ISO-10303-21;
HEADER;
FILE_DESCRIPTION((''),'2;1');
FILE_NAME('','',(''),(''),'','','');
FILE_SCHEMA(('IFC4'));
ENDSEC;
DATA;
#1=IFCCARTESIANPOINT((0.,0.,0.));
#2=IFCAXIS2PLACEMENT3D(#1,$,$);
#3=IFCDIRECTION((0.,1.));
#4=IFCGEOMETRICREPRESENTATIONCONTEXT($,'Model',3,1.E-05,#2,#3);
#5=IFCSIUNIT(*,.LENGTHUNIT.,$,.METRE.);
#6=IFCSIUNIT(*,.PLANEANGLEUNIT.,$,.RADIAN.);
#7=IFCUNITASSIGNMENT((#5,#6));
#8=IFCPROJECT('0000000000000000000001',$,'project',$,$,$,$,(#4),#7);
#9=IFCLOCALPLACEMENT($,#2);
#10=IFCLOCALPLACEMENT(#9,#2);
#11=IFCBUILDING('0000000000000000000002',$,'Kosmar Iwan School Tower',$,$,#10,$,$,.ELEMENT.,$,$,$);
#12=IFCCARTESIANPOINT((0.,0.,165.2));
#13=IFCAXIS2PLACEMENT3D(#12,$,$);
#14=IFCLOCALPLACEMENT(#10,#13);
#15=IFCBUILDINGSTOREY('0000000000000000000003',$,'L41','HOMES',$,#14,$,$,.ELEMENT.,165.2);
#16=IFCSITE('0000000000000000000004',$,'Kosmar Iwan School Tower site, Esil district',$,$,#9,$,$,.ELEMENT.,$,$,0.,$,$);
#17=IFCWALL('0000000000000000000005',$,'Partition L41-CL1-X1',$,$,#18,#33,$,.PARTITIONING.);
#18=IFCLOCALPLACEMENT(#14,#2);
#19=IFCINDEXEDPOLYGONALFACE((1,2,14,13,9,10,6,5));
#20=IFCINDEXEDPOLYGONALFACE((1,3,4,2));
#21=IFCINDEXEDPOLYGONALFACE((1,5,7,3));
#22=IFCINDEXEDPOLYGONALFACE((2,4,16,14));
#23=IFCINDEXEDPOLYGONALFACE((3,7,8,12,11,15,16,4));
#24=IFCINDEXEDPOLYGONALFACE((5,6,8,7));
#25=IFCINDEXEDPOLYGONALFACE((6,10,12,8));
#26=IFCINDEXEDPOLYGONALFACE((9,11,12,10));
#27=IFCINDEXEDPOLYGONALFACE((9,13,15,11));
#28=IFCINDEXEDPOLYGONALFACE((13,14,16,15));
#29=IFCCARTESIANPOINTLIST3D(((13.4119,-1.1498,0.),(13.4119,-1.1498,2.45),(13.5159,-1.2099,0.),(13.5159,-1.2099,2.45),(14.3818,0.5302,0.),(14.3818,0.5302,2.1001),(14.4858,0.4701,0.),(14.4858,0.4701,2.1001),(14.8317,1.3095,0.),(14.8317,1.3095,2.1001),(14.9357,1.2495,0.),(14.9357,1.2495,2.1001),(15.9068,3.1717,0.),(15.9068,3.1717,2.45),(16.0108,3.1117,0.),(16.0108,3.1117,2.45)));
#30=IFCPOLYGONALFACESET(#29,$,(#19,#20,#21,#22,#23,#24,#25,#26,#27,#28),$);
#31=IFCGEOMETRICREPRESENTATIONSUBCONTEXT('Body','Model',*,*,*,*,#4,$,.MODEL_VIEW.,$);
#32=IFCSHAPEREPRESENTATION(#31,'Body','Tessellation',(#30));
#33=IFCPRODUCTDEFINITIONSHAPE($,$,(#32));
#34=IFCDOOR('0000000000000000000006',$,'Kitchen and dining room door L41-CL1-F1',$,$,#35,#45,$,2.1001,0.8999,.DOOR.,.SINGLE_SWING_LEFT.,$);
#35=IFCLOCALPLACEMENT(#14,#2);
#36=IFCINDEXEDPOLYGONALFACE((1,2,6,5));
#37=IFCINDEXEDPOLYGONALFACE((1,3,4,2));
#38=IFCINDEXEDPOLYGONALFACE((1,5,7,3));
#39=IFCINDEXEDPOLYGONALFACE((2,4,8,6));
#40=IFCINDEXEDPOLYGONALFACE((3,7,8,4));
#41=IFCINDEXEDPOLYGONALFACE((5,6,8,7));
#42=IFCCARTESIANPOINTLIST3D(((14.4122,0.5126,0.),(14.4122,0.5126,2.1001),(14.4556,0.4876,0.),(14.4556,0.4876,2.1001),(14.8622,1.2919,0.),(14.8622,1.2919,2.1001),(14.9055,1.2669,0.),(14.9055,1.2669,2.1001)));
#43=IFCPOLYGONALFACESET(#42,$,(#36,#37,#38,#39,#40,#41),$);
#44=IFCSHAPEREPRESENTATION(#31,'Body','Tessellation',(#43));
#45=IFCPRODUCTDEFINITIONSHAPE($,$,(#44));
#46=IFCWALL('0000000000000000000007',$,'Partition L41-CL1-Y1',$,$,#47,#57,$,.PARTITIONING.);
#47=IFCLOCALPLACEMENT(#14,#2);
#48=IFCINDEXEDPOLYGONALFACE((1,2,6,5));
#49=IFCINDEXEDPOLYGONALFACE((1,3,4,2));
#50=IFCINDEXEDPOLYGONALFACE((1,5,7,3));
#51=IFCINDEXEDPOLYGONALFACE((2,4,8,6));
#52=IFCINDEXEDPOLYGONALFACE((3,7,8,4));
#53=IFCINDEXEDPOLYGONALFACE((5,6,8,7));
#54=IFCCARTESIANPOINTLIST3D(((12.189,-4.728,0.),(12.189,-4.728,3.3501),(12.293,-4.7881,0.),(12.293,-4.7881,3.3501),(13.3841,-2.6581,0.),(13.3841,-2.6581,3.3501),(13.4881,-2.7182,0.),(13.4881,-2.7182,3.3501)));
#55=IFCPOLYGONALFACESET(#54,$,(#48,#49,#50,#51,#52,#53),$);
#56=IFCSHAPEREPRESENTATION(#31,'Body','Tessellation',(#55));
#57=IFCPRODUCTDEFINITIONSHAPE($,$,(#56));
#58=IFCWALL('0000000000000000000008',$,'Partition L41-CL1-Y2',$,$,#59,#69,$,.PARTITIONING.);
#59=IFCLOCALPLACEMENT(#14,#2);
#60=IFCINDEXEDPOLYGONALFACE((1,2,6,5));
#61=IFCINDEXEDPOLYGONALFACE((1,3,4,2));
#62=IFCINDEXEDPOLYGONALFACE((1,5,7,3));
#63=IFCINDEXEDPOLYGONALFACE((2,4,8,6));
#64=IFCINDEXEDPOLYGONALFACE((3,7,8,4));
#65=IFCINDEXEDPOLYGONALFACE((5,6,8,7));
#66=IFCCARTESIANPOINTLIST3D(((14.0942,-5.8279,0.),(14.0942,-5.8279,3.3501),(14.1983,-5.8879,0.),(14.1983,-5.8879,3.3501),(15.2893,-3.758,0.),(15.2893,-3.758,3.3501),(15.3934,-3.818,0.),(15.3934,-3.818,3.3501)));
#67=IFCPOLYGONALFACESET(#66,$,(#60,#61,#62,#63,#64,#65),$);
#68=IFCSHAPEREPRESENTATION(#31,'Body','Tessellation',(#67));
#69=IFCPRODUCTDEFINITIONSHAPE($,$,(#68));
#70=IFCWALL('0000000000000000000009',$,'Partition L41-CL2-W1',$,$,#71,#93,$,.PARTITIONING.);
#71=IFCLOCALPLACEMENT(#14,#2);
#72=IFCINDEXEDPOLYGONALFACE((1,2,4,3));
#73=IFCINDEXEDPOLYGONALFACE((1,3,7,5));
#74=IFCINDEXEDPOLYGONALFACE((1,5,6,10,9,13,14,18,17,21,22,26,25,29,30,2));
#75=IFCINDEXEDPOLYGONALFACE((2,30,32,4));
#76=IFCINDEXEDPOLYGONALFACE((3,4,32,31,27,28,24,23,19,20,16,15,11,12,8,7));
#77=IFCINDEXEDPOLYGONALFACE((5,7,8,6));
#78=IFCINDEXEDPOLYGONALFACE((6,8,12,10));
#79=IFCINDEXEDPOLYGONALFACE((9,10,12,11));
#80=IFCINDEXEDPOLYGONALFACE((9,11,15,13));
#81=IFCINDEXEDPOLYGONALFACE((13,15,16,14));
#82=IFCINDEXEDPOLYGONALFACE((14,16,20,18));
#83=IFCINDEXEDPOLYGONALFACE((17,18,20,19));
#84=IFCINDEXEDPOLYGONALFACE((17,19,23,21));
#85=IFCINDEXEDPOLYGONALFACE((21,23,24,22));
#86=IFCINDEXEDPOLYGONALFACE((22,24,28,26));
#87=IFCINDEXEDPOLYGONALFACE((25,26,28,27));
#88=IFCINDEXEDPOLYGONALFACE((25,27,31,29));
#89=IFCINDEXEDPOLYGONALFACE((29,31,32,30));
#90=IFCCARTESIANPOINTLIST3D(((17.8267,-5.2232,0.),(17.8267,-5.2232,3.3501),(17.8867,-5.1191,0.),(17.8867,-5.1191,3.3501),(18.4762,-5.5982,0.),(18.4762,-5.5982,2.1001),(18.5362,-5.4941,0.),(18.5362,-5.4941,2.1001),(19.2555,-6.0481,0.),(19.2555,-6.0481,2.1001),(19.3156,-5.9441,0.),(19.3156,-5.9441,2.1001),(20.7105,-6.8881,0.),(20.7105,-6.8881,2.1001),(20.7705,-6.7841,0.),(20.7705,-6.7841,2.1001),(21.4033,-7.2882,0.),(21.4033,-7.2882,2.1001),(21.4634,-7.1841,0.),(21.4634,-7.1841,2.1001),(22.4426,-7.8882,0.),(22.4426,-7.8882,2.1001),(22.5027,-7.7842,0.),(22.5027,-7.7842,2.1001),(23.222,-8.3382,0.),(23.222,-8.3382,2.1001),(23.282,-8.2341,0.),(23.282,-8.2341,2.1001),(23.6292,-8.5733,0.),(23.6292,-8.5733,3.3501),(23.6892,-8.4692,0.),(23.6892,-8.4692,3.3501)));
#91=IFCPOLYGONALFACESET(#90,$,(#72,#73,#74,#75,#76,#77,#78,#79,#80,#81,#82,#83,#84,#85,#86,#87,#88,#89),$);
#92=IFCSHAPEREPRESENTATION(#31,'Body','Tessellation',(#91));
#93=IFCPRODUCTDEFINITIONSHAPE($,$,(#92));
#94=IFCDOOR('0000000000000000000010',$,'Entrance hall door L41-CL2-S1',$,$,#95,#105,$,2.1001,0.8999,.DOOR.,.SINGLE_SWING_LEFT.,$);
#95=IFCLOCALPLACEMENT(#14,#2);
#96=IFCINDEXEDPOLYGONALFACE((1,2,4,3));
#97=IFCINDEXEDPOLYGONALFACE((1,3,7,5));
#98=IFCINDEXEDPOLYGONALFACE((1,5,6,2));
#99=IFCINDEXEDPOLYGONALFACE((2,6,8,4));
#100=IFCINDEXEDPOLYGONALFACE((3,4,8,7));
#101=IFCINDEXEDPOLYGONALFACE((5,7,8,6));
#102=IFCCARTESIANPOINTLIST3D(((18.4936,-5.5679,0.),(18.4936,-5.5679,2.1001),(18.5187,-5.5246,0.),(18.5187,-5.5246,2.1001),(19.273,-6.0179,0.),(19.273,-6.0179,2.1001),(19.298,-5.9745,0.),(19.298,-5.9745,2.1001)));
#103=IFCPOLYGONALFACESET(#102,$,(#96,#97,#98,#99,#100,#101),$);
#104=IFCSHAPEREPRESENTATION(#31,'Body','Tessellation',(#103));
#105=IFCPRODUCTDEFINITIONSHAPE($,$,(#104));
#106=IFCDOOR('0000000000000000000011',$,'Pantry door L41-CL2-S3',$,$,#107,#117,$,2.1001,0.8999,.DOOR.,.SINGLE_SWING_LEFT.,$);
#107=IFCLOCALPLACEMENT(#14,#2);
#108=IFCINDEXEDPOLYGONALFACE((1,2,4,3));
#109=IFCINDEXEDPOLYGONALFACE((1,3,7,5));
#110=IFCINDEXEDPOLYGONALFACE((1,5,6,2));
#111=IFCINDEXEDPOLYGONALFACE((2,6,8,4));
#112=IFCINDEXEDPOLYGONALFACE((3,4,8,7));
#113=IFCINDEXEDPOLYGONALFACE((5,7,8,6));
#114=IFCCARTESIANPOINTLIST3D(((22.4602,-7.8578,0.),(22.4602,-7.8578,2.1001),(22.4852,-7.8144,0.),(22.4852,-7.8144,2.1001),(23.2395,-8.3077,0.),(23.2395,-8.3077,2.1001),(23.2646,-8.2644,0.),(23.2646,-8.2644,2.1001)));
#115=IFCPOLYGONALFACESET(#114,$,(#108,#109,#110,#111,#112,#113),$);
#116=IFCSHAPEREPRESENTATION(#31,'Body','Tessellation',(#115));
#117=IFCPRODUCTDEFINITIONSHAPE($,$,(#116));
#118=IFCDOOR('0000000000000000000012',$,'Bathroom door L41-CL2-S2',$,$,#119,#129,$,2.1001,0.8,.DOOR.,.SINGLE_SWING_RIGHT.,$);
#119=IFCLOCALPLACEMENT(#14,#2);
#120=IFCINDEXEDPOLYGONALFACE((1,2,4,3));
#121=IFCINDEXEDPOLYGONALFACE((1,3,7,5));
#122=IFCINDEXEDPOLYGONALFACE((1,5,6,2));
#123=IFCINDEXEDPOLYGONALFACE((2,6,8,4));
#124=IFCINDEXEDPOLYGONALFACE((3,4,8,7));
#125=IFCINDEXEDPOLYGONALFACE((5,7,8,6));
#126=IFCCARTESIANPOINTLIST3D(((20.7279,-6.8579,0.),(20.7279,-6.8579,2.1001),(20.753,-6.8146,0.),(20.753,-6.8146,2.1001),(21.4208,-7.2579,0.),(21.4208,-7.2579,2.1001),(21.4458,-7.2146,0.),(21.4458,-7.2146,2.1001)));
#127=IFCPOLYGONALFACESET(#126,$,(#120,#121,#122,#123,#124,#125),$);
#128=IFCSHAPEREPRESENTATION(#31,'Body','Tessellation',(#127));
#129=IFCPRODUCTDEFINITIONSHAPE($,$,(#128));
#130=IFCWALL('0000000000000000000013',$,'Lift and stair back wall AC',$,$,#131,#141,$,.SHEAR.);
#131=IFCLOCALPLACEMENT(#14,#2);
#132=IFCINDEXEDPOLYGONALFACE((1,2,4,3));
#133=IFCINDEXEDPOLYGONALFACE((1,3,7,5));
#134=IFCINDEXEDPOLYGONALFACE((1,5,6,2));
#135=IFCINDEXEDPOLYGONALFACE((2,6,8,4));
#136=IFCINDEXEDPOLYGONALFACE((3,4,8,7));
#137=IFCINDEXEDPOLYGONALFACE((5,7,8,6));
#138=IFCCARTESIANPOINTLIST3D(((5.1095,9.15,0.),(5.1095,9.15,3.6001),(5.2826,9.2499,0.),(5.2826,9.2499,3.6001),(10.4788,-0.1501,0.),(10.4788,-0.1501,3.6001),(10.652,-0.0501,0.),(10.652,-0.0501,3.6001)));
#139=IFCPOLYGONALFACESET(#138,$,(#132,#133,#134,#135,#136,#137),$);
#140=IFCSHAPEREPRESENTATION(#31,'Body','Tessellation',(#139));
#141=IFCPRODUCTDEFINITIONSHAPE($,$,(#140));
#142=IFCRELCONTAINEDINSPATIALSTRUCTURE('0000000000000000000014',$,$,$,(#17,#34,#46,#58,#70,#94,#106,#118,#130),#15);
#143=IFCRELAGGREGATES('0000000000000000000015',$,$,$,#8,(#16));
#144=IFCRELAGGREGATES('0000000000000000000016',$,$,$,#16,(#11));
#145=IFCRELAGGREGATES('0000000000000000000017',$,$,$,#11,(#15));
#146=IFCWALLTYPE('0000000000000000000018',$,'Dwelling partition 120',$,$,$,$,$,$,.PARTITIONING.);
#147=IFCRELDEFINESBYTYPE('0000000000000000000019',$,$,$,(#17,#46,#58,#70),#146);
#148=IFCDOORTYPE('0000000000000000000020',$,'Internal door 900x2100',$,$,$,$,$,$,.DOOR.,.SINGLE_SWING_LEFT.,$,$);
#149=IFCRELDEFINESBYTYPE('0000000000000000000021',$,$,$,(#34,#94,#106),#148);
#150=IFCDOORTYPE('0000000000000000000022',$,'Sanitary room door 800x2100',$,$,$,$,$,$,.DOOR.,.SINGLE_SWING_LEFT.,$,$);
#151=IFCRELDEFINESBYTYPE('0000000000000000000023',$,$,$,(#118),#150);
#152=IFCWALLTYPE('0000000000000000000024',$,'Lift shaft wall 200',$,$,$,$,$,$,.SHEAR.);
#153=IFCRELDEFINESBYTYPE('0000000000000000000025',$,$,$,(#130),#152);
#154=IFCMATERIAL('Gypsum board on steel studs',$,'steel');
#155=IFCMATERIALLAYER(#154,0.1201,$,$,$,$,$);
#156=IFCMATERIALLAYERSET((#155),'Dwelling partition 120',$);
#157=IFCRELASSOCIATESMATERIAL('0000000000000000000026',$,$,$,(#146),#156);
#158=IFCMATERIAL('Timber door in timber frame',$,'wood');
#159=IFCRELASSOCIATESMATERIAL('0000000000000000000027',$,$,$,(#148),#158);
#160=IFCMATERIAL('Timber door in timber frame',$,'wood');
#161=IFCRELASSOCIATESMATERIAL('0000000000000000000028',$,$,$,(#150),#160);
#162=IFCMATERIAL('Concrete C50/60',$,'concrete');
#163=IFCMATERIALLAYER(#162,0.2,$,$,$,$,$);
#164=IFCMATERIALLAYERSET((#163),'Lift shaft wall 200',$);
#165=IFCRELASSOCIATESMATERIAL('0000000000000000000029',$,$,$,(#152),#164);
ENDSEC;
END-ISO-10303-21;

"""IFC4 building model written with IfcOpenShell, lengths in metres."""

from ifc_helpers import new_model, si_unit, direction, frame, frame_2d, origin, place, context, subcontext, project, spatial, rectangle, extrude, material, layer, layer_set, type_object, element, fill, save


model = new_model("IFC4")

# Units and contexts
model_context = context("Model", 3, precision=1e-05, world=origin(), true_north=direction((0.0, 1.0)))
body_context = subcontext(model_context, "Body", "Model", "MODEL_VIEW")
ifc_project = project(units=[si_unit("LENGTHUNIT", "METRE"), si_unit("PLANEANGLEUNIT", "RADIAN")], contexts=[model_context])

# Site, building, storey
site_placement = place(None, origin())
site = spatial("IfcSite", under=ifc_project, at=site_placement, Name="Kosmar Iwan School Tower site, Esil district", CompositionType="ELEMENT", RefElevation=0.0)
building_placement = place(site_placement, origin())
building = spatial("IfcBuilding", under=site, at=building_placement, Name="Kosmar Iwan School Tower", CompositionType="ELEMENT")
storey_placement = place(building_placement, frame((0.0, 0.0, 165.2)))
storey = spatial("IfcBuildingStorey", under=building, at=storey_placement, Name="L41", Description="HOMES", CompositionType="ELEMENT", Elevation=165.2)

# Shared definitions
ifc_material_1 = material(Name="Gypsum board on steel studs", Category="steel")
ifc_layer_1 = layer(ifc_material_1, 0.1201)
ifc_layer_set_1 = layer_set([ifc_layer_1], Name="Dwelling partition 120")
wall_type_1 = type_object("IfcWallType", Name="Dwelling partition 120", PredefinedType="PARTITIONING", material=ifc_layer_set_1)
ifc_material_2 = material(Name="Timber door in timber frame", Category="wood")
door_type_1 = type_object("IfcDoorType", Name="Internal door 900x2100", OperationType="SINGLE_SWING_LEFT", PredefinedType="DOOR", material=ifc_material_2)
ifc_material_3 = material(Name="Timber door in timber frame", Category="wood")
door_type_2 = type_object("IfcDoorType", Name="Sanitary room door 800x2100", OperationType="SINGLE_SWING_LEFT", PredefinedType="DOOR", material=ifc_material_3)

# Wall, opening, door
wall_1_placement = place(storey_placement, frame((13.4639, -1.1799, 0.0), z_axis=(0.0, 0.0, 1.0), x_axis=(0.499975, 0.86604, 0.0)))
wall_1 = element("IfcWall", 1, at=wall_1_placement, inside=storey, type_object=wall_type_1, Name="Partition L41-CL1-X1", PredefinedType="PARTITIONING", context=body_context, shape_type="SweptSolid", body=[
    extrude(rectangle(XDim=4.99, YDim=0.1201, at=frame_2d((2.4951, 0.0))), origin(), (0.0, 0.0, 1.0), 2.45),
])
opening_1_placement = place(wall_1_placement, frame((1.9399, 0.0, 0.0)))
opening_1 = element("IfcOpeningElement", 2, at=opening_1_placement, cuts=wall_1, PredefinedType="OPENING", context=body_context, shape_type="SweptSolid", body=[
    extrude(rectangle(XDim=0.8999, YDim=2.1001, at=frame_2d((0.45, 1.05))), frame((0.0, 0.072, 0.0), z_axis=(0.0, -1.0, 0.0), x_axis=(1.0, 0.0, 0.0)), (0.0, 0.0, 1.0), 0.144),
])
door_1_placement = place(opening_1_placement, origin())
door_1 = element("IfcDoor", 3, at=door_1_placement, inside=storey, type_object=door_type_1, Name="Kitchen and dining room door L41-CL1-F1", OperationType="SINGLE_SWING_LEFT", OverallHeight=2.1001, OverallWidth=0.8999, PredefinedType="DOOR", context=body_context, shape_type="SweptSolid", body=[
    extrude(rectangle(XDim=0.8999, YDim=2.1001, at=frame_2d((0.45, 1.05))), frame((0.0, 0.0249, 0.0), z_axis=(0.0, -1.0, 0.0), x_axis=(1.0, 0.0, 0.0)), (0.0, 0.0, 1.0), 0.05),
])
fill(opening_1, door_1)

# Walls
for number, where, z_axis, x_axis, name in (
    (4, (12.241, -4.7581, 0.0), (0.0, 0.0, 1.0), (0.500017, 0.866015, 0.0), "Partition L41-CL1-Y1"),
    (5, (14.1462, -5.8579, 0.0), (0.0, 0.0, 1.0), (0.500017, 0.866015, 0.0), "Partition L41-CL1-Y2"),
):
    element("IfcWall", number, at=place(storey_placement, frame(where, z_axis=z_axis, x_axis=x_axis)), inside=storey, type_object=wall_type_1, Name=name, PredefinedType="PARTITIONING", context=body_context, shape_type="SweptSolid", body=[
        extrude(rectangle(XDim=2.3901, YDim=0.1201, at=frame_2d((1.1951, 0.0))), origin(), (0.0, 0.0, 1.0), 3.3501),
    ])

# Wall, openings, doors
wall_2_placement = place(storey_placement, frame((17.8567, -5.1711, 0.0), z_axis=(0.0, 0.0, 1.0), x_axis=(0.866024, -0.500003, 0.0)))
wall_2 = element("IfcWall", 6, at=wall_2_placement, inside=storey, type_object=wall_type_1, Name="Partition L41-CL2-W1", PredefinedType="PARTITIONING", context=body_context, shape_type="SweptSolid", body=[
    extrude(rectangle(XDim=6.7002, YDim=0.1201, at=frame_2d((3.3501, 0.0))), origin(), (0.0, 0.0, 1.0), 3.3501),
])
opening_2_placement = place(wall_2_placement, frame((0.75, 0.0, 0.0)))
opening_2 = element("IfcOpeningElement", 7, at=opening_2_placement, cuts=wall_2, PredefinedType="OPENING", context=body_context, shape_type="SweptSolid", body=[
    extrude(rectangle(XDim=0.8999, YDim=2.1001, at=frame_2d((0.45, 1.05))), frame((0.0, 0.072, 0.0), z_axis=(0.0, -1.0, 0.0), x_axis=(1.0, 0.0, 0.0)), (0.0, 0.0, 1.0), 0.144),
])
opening_3_placement = place(wall_2_placement, frame((3.3301, 0.0, 0.0)))
opening_3 = element("IfcOpeningElement", 8, at=opening_3_placement, cuts=wall_2, PredefinedType="OPENING", context=body_context, shape_type="SweptSolid", body=[
    extrude(rectangle(XDim=0.8, YDim=2.1001, at=frame_2d((0.3999, 1.05))), frame((0.0, 0.072, 0.0), z_axis=(0.0, -1.0, 0.0), x_axis=(1.0, 0.0, 0.0)), (0.0, 0.0, 1.0), 0.144),
])
opening_4_placement = place(wall_2_placement, frame((5.3301, 0.0, 0.0)))
opening_4 = element("IfcOpeningElement", 9, at=opening_4_placement, cuts=wall_2, PredefinedType="OPENING", context=body_context, shape_type="SweptSolid", body=[
    extrude(rectangle(XDim=0.8999, YDim=2.1001, at=frame_2d((0.45, 1.05))), frame((0.0, 0.072, 0.0), z_axis=(0.0, -1.0, 0.0), x_axis=(1.0, 0.0, 0.0)), (0.0, 0.0, 1.0), 0.144),
])
door_2_placement = place(opening_2_placement, origin())
door_2 = element("IfcDoor", 10, at=door_2_placement, inside=storey, type_object=door_type_1, Name="Entrance hall door L41-CL2-S1", OperationType="SINGLE_SWING_LEFT", OverallHeight=2.1001, OverallWidth=0.8999, PredefinedType="DOOR", context=body_context, shape_type="SweptSolid", body=[
    extrude(rectangle(XDim=0.8999, YDim=2.1001, at=frame_2d((0.45, 1.05))), frame((0.0, 0.0249, 0.0), z_axis=(0.0, -1.0, 0.0), x_axis=(1.0, 0.0, 0.0)), (0.0, 0.0, 1.0), 0.05),
])
fill(opening_2, door_2)
door_3_placement = place(opening_4_placement, frame((0.8999, 0.0, 0.0), z_axis=(0.0, 0.0, 1.0), x_axis=(-1.0, 0.0, 0.0)))
door_3 = element("IfcDoor", 11, at=door_3_placement, inside=storey, type_object=door_type_1, Name="Pantry door L41-CL2-S3", OperationType="SINGLE_SWING_LEFT", OverallHeight=2.1001, OverallWidth=0.8999, PredefinedType="DOOR", context=body_context, shape_type="SweptSolid", body=[
    extrude(rectangle(XDim=0.8999, YDim=2.1001, at=frame_2d((0.45, 1.05))), frame((0.0, 0.0249, 0.0), z_axis=(0.0, -1.0, 0.0), x_axis=(1.0, 0.0, 0.0)), (0.0, 0.0, 1.0), 0.05),
])
fill(opening_4, door_3)
door_4_placement = place(opening_3_placement, origin())
door_4 = element("IfcDoor", 12, at=door_4_placement, inside=storey, type_object=door_type_2, Name="Bathroom door L41-CL2-S2", OperationType="SINGLE_SWING_RIGHT", OverallHeight=2.1001, OverallWidth=0.8, PredefinedType="DOOR", context=body_context, shape_type="SweptSolid", body=[
    extrude(rectangle(XDim=0.8, YDim=2.1001, at=frame_2d((0.3999, 1.05))), frame((0.0, 0.0249, 0.0), z_axis=(0.0, -1.0, 0.0), x_axis=(1.0, 0.0, 0.0)), (0.0, 0.0, 1.0), 0.05),
])
fill(opening_3, door_4)

# Wall
ifc_material_4 = material(Name="Concrete C50/60", Category="concrete")
ifc_layer_2 = layer(ifc_material_4, 0.2)
ifc_layer_set_2 = layer_set([ifc_layer_2], Name="Lift shaft wall 200")
wall_type_2 = type_object("IfcWallType", Name="Lift shaft wall 200", PredefinedType="SHEAR", material=ifc_layer_set_2)
wall_3_placement = place(storey_placement, frame((10.5654, -0.1001, 0.0), z_axis=(0.0, 0.0, 1.0), x_axis=(-0.5, 0.866025, 0.0)))
element("IfcWall", 13, at=wall_3_placement, inside=storey, type_object=wall_type_2, Name="Lift and stair back wall AC", PredefinedType="SHEAR", context=body_context, shape_type="SweptSolid", body=[
    extrude(rectangle(XDim=10.7388, YDim=0.2, at=frame_2d((5.3694, 0.0))), origin(), (0.0, 0.0, 1.0), 3.6001),
])

save(model, "model.ifc")
